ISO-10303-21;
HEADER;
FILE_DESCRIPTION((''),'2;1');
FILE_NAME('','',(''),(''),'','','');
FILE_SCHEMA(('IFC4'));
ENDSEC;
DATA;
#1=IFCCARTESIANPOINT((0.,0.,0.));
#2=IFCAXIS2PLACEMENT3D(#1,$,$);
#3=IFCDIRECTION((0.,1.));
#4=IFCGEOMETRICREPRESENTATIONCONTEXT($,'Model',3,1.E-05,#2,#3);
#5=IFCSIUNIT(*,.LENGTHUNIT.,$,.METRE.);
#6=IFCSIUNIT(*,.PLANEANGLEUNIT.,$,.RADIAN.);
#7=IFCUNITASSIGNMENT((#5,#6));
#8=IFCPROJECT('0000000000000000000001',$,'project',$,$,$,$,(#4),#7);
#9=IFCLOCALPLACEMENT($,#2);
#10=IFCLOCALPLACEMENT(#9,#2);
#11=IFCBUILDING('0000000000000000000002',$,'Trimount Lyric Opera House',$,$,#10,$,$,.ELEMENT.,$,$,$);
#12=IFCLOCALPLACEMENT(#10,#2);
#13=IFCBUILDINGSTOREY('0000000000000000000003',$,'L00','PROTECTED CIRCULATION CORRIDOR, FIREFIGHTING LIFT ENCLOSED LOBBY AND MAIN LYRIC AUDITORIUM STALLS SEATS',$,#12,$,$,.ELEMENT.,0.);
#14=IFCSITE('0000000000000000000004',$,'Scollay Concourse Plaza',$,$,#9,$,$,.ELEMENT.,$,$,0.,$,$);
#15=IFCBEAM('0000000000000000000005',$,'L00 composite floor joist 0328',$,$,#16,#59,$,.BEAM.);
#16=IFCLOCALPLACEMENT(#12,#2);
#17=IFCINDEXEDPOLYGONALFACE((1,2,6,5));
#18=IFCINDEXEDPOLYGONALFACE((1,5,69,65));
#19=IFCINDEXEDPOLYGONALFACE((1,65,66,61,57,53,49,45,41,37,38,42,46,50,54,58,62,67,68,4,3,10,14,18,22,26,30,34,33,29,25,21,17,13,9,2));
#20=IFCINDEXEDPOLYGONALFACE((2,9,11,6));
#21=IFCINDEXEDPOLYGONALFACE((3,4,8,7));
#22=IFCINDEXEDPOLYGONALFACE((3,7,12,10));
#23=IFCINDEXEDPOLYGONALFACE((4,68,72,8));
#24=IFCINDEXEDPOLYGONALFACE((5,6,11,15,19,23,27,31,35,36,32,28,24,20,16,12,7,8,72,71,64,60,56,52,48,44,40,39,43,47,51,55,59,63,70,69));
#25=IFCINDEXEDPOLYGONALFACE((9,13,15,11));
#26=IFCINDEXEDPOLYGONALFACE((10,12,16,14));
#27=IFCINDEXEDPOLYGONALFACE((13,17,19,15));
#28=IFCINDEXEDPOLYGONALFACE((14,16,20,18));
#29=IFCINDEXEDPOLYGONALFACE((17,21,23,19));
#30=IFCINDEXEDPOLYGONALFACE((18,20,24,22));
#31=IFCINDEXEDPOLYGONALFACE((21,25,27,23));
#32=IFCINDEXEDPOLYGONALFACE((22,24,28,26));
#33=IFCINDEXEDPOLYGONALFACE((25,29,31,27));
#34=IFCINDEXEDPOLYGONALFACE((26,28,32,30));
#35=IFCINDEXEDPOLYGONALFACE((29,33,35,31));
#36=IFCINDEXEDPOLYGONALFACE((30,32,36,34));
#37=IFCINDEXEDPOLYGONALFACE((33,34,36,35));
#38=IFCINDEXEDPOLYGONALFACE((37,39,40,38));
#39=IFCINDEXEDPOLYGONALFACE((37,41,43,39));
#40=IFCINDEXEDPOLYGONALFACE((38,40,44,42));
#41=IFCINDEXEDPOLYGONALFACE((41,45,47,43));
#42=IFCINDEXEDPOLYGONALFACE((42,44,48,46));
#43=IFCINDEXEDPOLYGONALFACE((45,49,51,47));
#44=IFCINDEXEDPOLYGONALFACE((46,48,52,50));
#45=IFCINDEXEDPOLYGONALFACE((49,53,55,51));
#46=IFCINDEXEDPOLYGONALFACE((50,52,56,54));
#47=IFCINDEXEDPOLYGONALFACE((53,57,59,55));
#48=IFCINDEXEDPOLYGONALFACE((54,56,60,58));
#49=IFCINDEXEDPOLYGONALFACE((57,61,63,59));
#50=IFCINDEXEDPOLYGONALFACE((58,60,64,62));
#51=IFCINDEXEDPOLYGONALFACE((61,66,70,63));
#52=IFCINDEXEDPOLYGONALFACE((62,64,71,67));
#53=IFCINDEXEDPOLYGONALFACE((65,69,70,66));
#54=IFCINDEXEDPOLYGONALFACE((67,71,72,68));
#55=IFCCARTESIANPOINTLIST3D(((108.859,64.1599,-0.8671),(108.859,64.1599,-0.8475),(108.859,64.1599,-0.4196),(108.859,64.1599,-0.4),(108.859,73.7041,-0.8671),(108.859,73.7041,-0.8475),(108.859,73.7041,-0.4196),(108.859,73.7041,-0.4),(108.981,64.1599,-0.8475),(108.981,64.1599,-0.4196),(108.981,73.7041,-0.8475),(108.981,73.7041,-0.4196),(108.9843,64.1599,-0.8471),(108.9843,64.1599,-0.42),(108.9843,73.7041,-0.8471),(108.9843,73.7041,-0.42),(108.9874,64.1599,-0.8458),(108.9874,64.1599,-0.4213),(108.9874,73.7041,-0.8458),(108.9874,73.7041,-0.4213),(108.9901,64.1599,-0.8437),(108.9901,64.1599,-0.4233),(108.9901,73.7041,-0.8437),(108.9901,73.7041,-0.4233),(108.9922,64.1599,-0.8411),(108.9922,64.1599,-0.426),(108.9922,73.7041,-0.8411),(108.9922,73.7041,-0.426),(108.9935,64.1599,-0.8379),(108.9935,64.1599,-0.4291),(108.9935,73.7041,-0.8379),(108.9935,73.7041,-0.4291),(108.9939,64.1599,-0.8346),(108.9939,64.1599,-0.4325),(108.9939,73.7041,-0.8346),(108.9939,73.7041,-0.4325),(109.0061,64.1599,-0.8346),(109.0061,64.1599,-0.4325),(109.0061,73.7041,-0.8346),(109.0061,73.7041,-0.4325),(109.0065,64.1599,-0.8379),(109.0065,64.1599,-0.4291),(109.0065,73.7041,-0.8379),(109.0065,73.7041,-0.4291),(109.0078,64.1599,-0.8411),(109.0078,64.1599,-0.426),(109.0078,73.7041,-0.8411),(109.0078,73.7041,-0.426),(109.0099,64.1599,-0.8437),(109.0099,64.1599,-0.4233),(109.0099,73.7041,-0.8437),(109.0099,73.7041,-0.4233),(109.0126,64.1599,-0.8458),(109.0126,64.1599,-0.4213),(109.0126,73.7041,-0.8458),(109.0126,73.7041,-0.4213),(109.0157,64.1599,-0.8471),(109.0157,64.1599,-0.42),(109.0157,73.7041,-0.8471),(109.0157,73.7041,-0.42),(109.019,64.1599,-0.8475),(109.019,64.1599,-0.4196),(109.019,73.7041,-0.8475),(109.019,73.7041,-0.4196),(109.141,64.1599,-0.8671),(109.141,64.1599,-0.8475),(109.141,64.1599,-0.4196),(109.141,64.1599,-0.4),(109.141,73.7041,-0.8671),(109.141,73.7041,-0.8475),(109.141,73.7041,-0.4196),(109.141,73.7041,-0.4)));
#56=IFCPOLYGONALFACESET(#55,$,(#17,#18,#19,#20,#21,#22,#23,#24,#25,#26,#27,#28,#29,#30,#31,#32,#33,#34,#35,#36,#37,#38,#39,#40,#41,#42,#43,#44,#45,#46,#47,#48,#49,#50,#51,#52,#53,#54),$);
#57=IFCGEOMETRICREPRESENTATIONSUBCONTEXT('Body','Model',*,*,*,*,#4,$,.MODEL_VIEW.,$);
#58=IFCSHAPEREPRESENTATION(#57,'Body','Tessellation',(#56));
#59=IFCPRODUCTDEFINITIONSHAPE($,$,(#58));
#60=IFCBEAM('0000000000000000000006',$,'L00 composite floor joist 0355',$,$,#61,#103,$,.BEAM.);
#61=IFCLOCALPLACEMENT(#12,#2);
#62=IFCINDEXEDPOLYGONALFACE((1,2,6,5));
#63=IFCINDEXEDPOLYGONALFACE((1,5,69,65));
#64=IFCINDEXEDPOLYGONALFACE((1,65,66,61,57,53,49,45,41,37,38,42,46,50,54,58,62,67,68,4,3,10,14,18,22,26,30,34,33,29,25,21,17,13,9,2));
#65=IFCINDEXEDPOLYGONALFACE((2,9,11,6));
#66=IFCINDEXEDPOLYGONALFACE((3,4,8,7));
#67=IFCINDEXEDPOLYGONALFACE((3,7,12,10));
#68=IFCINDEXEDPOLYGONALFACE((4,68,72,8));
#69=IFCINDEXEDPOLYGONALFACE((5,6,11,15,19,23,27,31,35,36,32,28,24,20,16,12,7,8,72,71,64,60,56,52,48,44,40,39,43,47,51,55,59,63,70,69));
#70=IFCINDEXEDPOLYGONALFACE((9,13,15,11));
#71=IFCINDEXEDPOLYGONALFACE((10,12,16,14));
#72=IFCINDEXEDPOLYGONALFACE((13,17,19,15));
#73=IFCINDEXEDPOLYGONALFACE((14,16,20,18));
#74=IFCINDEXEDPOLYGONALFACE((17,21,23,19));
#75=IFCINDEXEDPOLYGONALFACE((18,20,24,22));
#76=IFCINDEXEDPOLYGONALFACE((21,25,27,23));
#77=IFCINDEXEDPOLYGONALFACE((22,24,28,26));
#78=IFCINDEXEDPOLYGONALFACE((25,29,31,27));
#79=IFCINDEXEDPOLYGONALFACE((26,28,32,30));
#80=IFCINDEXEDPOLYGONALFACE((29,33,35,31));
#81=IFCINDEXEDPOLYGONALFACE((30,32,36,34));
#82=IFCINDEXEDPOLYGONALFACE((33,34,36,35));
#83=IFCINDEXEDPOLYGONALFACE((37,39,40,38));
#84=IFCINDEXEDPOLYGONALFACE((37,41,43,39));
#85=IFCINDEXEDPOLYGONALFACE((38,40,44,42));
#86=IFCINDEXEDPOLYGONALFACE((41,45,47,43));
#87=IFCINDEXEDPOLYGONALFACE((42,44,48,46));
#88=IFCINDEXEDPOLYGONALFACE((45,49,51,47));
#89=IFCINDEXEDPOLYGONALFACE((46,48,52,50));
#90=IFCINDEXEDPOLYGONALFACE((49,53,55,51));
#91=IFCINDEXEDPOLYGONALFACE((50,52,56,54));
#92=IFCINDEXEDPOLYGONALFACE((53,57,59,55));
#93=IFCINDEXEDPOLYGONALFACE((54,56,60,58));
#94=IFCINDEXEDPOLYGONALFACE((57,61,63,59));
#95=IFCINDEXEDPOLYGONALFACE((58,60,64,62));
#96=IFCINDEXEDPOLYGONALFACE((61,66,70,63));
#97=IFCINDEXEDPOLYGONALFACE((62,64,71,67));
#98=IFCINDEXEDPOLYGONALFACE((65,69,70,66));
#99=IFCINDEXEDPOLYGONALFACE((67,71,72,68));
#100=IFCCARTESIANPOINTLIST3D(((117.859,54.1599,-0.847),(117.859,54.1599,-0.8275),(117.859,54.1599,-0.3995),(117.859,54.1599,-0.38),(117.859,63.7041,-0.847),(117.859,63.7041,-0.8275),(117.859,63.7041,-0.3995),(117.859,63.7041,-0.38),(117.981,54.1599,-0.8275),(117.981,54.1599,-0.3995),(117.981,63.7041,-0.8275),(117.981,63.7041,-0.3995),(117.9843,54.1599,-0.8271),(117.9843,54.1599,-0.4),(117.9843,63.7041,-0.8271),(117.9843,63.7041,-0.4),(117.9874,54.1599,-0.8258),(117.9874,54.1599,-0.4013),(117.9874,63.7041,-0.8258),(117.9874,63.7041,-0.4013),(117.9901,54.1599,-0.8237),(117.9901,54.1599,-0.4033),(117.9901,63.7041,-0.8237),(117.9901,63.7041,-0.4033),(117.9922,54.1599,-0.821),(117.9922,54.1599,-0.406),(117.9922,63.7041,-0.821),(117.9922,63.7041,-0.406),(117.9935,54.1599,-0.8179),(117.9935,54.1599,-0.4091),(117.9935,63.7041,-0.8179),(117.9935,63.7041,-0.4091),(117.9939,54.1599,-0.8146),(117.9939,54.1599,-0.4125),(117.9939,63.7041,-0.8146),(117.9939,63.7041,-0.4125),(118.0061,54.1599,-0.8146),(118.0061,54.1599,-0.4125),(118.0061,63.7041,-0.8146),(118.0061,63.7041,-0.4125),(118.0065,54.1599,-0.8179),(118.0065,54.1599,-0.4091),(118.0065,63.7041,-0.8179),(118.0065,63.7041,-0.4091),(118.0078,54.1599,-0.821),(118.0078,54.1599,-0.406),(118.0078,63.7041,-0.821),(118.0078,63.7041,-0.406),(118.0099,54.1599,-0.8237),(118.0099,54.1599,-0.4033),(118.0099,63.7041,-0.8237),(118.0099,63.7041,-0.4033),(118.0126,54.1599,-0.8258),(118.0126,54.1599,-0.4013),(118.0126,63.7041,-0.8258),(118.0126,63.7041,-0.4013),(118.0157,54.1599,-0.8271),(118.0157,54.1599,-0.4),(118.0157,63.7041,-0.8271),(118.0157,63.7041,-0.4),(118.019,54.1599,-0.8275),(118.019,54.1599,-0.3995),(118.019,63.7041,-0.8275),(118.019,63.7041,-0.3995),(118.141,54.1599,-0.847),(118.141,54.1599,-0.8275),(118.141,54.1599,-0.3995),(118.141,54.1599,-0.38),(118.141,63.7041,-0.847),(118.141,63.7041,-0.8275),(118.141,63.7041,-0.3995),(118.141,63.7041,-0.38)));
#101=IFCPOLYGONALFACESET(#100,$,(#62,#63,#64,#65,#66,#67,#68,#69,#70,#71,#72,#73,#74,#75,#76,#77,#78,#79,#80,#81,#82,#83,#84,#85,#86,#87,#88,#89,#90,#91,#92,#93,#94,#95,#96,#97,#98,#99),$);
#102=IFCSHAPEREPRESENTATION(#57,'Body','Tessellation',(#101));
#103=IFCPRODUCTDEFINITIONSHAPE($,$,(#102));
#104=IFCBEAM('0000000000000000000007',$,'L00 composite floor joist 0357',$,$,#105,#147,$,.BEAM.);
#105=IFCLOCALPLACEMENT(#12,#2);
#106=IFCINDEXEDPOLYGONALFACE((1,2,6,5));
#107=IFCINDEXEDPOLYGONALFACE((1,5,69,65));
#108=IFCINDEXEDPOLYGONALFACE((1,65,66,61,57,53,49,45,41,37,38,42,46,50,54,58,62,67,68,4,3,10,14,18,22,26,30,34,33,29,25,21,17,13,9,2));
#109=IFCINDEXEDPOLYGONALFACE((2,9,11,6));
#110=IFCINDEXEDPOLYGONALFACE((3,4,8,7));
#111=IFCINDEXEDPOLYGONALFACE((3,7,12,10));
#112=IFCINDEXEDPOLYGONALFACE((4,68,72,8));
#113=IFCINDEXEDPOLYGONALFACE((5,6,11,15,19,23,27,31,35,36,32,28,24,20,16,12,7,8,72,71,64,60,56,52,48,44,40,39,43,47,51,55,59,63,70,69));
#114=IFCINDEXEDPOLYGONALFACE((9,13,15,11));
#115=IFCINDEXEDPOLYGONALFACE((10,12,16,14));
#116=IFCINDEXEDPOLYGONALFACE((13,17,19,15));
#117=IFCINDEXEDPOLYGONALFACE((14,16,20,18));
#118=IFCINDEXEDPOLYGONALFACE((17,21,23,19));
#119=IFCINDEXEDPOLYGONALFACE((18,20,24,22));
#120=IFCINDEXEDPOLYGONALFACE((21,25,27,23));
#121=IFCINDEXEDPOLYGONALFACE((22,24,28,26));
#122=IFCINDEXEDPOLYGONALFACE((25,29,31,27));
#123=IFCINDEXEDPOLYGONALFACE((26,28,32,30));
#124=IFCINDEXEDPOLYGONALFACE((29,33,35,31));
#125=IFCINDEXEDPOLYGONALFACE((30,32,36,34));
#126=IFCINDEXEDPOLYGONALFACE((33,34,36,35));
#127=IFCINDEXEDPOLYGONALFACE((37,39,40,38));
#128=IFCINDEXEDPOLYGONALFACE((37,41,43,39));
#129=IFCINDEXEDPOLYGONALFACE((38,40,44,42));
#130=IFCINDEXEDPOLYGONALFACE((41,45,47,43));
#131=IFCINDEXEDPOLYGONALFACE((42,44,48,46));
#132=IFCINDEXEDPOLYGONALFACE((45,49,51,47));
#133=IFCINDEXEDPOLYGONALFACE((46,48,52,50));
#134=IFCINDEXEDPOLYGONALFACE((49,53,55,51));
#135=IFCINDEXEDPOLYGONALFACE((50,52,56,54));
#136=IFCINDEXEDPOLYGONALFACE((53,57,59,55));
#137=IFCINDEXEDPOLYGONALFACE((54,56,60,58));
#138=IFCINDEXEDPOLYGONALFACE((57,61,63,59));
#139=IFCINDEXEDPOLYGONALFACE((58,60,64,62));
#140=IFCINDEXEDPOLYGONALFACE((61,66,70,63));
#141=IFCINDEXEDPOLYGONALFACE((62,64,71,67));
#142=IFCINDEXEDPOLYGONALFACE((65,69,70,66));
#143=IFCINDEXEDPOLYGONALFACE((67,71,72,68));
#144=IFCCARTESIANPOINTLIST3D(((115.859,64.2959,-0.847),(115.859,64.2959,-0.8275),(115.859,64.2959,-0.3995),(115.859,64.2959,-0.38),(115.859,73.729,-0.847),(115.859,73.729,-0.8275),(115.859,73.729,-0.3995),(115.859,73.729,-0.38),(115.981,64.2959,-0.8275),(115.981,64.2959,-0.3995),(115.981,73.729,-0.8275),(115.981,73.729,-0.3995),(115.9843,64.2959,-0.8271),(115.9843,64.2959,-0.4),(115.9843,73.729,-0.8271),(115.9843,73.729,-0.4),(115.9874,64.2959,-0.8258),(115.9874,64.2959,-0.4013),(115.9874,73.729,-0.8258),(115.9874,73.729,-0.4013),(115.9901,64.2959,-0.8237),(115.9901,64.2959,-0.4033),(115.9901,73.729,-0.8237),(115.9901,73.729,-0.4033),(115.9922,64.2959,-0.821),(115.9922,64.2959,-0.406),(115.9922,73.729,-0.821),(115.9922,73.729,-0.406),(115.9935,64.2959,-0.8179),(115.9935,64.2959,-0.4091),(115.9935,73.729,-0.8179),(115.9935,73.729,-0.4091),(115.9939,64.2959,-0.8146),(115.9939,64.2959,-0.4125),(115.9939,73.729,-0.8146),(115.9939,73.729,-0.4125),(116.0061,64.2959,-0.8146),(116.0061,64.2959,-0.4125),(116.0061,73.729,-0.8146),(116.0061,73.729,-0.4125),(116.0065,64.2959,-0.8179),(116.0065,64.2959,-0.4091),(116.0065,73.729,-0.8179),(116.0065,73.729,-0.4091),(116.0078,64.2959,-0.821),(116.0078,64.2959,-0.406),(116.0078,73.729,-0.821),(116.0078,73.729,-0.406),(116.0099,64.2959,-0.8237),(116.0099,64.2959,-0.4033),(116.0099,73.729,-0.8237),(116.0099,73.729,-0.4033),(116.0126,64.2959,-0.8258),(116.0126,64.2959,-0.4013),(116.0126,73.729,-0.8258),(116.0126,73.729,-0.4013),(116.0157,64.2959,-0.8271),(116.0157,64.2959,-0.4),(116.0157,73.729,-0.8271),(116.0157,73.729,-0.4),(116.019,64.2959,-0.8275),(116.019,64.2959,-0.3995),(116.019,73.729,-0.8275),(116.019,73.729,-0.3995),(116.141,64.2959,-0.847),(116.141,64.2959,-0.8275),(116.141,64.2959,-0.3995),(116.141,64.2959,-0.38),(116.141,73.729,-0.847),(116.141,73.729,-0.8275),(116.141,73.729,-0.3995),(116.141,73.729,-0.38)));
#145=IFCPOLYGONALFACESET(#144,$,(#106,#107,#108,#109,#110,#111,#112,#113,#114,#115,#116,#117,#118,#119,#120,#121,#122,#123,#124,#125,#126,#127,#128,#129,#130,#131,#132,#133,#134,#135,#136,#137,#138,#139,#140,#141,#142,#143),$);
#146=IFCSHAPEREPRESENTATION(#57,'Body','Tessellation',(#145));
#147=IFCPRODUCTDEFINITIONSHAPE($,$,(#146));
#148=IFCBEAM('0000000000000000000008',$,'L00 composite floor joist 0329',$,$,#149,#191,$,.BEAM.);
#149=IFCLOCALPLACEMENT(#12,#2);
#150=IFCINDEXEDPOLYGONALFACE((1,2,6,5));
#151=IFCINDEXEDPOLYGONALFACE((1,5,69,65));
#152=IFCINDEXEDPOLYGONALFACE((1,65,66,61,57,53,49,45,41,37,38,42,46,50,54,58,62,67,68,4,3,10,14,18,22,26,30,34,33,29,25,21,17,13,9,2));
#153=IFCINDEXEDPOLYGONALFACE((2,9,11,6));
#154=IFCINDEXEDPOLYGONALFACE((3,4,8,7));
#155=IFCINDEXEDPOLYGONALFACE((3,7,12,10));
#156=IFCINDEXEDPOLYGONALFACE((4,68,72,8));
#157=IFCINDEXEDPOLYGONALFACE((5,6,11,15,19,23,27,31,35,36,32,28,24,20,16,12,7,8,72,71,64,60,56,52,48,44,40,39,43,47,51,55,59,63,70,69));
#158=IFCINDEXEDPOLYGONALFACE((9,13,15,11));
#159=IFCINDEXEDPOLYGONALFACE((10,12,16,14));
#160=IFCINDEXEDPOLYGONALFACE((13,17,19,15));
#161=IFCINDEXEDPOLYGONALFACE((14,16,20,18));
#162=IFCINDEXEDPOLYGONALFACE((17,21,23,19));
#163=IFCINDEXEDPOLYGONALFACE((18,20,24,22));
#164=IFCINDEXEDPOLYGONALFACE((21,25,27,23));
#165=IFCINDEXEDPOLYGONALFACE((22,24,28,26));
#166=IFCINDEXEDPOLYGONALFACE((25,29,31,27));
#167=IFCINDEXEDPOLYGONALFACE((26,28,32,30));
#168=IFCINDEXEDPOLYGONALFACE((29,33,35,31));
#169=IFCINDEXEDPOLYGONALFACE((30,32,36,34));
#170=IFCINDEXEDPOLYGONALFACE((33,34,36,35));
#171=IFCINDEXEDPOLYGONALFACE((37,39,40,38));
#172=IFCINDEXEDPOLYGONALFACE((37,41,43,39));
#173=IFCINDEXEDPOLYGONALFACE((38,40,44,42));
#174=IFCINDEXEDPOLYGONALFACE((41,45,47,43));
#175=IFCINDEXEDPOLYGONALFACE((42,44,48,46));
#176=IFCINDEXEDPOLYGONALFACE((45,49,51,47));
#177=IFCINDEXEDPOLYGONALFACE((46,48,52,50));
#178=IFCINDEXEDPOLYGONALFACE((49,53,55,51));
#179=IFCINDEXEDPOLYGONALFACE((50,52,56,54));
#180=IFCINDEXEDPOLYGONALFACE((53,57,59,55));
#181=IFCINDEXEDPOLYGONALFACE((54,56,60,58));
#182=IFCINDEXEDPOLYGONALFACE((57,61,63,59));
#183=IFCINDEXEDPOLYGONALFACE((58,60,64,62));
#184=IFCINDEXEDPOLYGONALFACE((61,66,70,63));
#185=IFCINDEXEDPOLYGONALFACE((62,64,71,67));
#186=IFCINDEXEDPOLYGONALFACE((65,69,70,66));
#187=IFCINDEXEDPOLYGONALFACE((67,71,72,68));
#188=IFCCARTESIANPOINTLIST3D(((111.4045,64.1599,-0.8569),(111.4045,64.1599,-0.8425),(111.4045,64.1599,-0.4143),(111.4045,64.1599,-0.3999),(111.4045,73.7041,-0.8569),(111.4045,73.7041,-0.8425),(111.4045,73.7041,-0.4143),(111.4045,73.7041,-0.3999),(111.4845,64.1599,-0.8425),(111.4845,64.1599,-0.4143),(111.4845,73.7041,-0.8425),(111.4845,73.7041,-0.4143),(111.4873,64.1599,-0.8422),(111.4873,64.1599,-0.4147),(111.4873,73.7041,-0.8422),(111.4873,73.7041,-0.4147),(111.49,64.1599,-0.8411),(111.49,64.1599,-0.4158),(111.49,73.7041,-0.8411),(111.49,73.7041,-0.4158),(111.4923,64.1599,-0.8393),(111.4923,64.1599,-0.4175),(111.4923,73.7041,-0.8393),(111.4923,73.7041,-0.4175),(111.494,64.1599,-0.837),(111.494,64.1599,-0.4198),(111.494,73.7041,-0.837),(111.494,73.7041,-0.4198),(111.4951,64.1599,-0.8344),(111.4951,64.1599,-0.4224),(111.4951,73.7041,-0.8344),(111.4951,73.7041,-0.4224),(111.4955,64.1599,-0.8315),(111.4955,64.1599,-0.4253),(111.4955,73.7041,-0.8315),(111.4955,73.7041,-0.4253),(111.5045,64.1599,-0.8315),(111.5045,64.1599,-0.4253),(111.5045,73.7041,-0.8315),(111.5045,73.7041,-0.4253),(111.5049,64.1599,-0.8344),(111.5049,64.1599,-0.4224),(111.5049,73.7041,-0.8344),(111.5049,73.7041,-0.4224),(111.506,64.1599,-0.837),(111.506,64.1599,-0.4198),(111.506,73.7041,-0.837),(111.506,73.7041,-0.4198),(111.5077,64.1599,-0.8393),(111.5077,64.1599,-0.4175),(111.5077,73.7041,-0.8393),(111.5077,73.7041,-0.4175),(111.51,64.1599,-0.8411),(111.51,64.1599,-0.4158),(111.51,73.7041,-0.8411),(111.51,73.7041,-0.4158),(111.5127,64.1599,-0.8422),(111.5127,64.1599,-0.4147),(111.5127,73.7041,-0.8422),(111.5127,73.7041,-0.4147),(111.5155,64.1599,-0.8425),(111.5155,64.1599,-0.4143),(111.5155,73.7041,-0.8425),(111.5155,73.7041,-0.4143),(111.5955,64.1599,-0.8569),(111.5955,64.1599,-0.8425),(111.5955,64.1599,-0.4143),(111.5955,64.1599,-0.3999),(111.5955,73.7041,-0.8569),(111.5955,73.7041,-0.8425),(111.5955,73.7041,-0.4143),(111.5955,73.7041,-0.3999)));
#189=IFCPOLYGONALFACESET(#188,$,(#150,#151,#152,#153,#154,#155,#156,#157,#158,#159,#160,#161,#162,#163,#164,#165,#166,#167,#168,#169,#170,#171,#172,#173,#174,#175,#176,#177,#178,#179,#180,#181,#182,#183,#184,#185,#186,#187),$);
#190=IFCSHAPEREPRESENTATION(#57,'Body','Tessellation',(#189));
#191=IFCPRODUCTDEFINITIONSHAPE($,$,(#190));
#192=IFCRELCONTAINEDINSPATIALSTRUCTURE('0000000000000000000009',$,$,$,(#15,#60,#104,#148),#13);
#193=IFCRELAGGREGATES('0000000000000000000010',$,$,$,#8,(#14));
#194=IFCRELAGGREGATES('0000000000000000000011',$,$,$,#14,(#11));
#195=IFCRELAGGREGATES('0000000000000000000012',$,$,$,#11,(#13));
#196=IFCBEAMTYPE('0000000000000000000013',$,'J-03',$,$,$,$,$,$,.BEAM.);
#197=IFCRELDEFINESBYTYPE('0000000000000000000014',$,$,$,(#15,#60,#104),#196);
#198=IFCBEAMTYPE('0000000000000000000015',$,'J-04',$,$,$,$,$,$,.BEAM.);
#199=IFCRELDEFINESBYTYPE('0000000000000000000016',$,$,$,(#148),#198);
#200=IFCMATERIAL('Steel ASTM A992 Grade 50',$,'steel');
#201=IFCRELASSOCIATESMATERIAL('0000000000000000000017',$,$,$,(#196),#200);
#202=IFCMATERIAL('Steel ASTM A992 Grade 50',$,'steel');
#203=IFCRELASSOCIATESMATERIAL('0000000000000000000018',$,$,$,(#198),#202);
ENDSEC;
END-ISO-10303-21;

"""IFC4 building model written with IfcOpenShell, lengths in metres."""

from ifc_helpers import new_model, si_unit, direction, frame, origin, origin_2d, place, context, subcontext, project, spatial, i_section, extrude, material, material_profile, profile_set, type_object, element, save


model = new_model("IFC4")

# Units and contexts
model_context = context("Model", 3, precision=1e-05, world=origin(), true_north=direction((0.0, 1.0)))
body_context = subcontext(model_context, "Body", "Model", "MODEL_VIEW")
ifc_project = project(units=[si_unit("LENGTHUNIT", "METRE"), si_unit("PLANEANGLEUNIT", "RADIAN")], contexts=[model_context])

# Site, building, storey
site_placement = place(None, origin())
site = spatial("IfcSite", under=ifc_project, at=site_placement, Name="Scollay Concourse Plaza", CompositionType="ELEMENT", RefElevation=0.0)
building_placement = place(site_placement, origin())
building = spatial("IfcBuilding", under=site, at=building_placement, Name="Trimount Lyric Opera House", CompositionType="ELEMENT")
storey_placement = place(building_placement, origin())
storey = spatial("IfcBuildingStorey", under=building, at=storey_placement, Name="L00", Description="PROTECTED CIRCULATION CORRIDOR, FIREFIGHTING LIFT ENCLOSED LOBBY AND MAIN LYRIC AUDITORIUM STALLS SEATS", CompositionType="ELEMENT", Elevation=0.0)

# Beams
ifc_material_1 = material(Name="Steel ASTM A992 Grade 50", Category="steel")
ifc_material_profile_1 = material_profile(ifc_material_1, i_section(OverallWidth=0.282, OverallDepth=0.467, WebThickness=0.0122, FlangeThickness=0.0195, FilletRadius=0.0129, at=origin_2d()), Name="W18X86")
ifc_profile_set_1 = profile_set([ifc_material_profile_1], Name="Steel ASTM A992 Grade 50")
beam_type_1 = type_object("IfcBeamType", Name="J-03", PredefinedType="BEAM", material=ifc_profile_set_1)
for number, where, z_axis, x_axis, name in (
    (1, (109.0, 64.1599, -0.6335), (0.0, 1.0, 0.0), (-1.0, 0.0, 0.0), "L00 composite floor joist 0328"),
    (2, (118.0, 54.1599, -0.6135), (0.0, 1.0, 0.0), (-1.0, 0.0, 0.0), "L00 composite floor joist 0355"),
):
    element("IfcBeam", number, at=place(storey_placement, frame(where, z_axis=z_axis, x_axis=x_axis)), inside=storey, type_object=beam_type_1, Name=name, PredefinedType="BEAM", context=body_context, shape_type="SweptSolid", body=[
        extrude(i_section(OverallWidth=0.282, OverallDepth=0.467, WebThickness=0.0122, FlangeThickness=0.0195, FilletRadius=0.0129, at=origin_2d()), origin(), (0.0, 0.0, 1.0), 9.5442),
    ])
beam_1_placement = place(storey_placement, frame((116.0, 64.2959, -0.6135), z_axis=(0.0, 1.0, 0.0), x_axis=(-1.0, 0.0, 0.0)))
element("IfcBeam", 3, at=beam_1_placement, inside=storey, type_object=beam_type_1, Name="L00 composite floor joist 0357", PredefinedType="BEAM", context=body_context, shape_type="SweptSolid", body=[
    extrude(i_section(OverallWidth=0.282, OverallDepth=0.467, WebThickness=0.0122, FlangeThickness=0.0195, FilletRadius=0.0129, at=origin_2d()), origin(), (0.0, 0.0, 1.0), 9.4331),
])
ifc_material_2 = material(Name="Steel ASTM A992 Grade 50", Category="steel")
ifc_material_profile_2 = material_profile(ifc_material_2, i_section(OverallWidth=0.1909, OverallDepth=0.457, WebThickness=0.009, FlangeThickness=0.0144, FilletRadius=0.011, at=origin_2d()), Name="W18X50")
ifc_profile_set_2 = profile_set([ifc_material_profile_2], Name="Steel ASTM A992 Grade 50")
beam_type_2 = type_object("IfcBeamType", Name="J-04", PredefinedType="BEAM", material=ifc_profile_set_2)
for number, where, z_axis, x_axis, name in (
    (4, (111.5, 64.1599, -0.6284), (0.0, 1.0, 0.0), (-1.0, 0.0, 0.0), "L00 composite floor joist 0329"),
):
    element("IfcBeam", number, at=place(storey_placement, frame(where, z_axis=z_axis, x_axis=x_axis)), inside=storey, type_object=beam_type_2, Name=name, PredefinedType="BEAM", context=body_context, shape_type="SweptSolid", body=[
        extrude(i_section(OverallWidth=0.1909, OverallDepth=0.457, WebThickness=0.009, FlangeThickness=0.0144, FilletRadius=0.011, at=origin_2d()), origin(), (0.0, 0.0, 1.0), 9.5442),
    ])

save(model, "model.ifc")
